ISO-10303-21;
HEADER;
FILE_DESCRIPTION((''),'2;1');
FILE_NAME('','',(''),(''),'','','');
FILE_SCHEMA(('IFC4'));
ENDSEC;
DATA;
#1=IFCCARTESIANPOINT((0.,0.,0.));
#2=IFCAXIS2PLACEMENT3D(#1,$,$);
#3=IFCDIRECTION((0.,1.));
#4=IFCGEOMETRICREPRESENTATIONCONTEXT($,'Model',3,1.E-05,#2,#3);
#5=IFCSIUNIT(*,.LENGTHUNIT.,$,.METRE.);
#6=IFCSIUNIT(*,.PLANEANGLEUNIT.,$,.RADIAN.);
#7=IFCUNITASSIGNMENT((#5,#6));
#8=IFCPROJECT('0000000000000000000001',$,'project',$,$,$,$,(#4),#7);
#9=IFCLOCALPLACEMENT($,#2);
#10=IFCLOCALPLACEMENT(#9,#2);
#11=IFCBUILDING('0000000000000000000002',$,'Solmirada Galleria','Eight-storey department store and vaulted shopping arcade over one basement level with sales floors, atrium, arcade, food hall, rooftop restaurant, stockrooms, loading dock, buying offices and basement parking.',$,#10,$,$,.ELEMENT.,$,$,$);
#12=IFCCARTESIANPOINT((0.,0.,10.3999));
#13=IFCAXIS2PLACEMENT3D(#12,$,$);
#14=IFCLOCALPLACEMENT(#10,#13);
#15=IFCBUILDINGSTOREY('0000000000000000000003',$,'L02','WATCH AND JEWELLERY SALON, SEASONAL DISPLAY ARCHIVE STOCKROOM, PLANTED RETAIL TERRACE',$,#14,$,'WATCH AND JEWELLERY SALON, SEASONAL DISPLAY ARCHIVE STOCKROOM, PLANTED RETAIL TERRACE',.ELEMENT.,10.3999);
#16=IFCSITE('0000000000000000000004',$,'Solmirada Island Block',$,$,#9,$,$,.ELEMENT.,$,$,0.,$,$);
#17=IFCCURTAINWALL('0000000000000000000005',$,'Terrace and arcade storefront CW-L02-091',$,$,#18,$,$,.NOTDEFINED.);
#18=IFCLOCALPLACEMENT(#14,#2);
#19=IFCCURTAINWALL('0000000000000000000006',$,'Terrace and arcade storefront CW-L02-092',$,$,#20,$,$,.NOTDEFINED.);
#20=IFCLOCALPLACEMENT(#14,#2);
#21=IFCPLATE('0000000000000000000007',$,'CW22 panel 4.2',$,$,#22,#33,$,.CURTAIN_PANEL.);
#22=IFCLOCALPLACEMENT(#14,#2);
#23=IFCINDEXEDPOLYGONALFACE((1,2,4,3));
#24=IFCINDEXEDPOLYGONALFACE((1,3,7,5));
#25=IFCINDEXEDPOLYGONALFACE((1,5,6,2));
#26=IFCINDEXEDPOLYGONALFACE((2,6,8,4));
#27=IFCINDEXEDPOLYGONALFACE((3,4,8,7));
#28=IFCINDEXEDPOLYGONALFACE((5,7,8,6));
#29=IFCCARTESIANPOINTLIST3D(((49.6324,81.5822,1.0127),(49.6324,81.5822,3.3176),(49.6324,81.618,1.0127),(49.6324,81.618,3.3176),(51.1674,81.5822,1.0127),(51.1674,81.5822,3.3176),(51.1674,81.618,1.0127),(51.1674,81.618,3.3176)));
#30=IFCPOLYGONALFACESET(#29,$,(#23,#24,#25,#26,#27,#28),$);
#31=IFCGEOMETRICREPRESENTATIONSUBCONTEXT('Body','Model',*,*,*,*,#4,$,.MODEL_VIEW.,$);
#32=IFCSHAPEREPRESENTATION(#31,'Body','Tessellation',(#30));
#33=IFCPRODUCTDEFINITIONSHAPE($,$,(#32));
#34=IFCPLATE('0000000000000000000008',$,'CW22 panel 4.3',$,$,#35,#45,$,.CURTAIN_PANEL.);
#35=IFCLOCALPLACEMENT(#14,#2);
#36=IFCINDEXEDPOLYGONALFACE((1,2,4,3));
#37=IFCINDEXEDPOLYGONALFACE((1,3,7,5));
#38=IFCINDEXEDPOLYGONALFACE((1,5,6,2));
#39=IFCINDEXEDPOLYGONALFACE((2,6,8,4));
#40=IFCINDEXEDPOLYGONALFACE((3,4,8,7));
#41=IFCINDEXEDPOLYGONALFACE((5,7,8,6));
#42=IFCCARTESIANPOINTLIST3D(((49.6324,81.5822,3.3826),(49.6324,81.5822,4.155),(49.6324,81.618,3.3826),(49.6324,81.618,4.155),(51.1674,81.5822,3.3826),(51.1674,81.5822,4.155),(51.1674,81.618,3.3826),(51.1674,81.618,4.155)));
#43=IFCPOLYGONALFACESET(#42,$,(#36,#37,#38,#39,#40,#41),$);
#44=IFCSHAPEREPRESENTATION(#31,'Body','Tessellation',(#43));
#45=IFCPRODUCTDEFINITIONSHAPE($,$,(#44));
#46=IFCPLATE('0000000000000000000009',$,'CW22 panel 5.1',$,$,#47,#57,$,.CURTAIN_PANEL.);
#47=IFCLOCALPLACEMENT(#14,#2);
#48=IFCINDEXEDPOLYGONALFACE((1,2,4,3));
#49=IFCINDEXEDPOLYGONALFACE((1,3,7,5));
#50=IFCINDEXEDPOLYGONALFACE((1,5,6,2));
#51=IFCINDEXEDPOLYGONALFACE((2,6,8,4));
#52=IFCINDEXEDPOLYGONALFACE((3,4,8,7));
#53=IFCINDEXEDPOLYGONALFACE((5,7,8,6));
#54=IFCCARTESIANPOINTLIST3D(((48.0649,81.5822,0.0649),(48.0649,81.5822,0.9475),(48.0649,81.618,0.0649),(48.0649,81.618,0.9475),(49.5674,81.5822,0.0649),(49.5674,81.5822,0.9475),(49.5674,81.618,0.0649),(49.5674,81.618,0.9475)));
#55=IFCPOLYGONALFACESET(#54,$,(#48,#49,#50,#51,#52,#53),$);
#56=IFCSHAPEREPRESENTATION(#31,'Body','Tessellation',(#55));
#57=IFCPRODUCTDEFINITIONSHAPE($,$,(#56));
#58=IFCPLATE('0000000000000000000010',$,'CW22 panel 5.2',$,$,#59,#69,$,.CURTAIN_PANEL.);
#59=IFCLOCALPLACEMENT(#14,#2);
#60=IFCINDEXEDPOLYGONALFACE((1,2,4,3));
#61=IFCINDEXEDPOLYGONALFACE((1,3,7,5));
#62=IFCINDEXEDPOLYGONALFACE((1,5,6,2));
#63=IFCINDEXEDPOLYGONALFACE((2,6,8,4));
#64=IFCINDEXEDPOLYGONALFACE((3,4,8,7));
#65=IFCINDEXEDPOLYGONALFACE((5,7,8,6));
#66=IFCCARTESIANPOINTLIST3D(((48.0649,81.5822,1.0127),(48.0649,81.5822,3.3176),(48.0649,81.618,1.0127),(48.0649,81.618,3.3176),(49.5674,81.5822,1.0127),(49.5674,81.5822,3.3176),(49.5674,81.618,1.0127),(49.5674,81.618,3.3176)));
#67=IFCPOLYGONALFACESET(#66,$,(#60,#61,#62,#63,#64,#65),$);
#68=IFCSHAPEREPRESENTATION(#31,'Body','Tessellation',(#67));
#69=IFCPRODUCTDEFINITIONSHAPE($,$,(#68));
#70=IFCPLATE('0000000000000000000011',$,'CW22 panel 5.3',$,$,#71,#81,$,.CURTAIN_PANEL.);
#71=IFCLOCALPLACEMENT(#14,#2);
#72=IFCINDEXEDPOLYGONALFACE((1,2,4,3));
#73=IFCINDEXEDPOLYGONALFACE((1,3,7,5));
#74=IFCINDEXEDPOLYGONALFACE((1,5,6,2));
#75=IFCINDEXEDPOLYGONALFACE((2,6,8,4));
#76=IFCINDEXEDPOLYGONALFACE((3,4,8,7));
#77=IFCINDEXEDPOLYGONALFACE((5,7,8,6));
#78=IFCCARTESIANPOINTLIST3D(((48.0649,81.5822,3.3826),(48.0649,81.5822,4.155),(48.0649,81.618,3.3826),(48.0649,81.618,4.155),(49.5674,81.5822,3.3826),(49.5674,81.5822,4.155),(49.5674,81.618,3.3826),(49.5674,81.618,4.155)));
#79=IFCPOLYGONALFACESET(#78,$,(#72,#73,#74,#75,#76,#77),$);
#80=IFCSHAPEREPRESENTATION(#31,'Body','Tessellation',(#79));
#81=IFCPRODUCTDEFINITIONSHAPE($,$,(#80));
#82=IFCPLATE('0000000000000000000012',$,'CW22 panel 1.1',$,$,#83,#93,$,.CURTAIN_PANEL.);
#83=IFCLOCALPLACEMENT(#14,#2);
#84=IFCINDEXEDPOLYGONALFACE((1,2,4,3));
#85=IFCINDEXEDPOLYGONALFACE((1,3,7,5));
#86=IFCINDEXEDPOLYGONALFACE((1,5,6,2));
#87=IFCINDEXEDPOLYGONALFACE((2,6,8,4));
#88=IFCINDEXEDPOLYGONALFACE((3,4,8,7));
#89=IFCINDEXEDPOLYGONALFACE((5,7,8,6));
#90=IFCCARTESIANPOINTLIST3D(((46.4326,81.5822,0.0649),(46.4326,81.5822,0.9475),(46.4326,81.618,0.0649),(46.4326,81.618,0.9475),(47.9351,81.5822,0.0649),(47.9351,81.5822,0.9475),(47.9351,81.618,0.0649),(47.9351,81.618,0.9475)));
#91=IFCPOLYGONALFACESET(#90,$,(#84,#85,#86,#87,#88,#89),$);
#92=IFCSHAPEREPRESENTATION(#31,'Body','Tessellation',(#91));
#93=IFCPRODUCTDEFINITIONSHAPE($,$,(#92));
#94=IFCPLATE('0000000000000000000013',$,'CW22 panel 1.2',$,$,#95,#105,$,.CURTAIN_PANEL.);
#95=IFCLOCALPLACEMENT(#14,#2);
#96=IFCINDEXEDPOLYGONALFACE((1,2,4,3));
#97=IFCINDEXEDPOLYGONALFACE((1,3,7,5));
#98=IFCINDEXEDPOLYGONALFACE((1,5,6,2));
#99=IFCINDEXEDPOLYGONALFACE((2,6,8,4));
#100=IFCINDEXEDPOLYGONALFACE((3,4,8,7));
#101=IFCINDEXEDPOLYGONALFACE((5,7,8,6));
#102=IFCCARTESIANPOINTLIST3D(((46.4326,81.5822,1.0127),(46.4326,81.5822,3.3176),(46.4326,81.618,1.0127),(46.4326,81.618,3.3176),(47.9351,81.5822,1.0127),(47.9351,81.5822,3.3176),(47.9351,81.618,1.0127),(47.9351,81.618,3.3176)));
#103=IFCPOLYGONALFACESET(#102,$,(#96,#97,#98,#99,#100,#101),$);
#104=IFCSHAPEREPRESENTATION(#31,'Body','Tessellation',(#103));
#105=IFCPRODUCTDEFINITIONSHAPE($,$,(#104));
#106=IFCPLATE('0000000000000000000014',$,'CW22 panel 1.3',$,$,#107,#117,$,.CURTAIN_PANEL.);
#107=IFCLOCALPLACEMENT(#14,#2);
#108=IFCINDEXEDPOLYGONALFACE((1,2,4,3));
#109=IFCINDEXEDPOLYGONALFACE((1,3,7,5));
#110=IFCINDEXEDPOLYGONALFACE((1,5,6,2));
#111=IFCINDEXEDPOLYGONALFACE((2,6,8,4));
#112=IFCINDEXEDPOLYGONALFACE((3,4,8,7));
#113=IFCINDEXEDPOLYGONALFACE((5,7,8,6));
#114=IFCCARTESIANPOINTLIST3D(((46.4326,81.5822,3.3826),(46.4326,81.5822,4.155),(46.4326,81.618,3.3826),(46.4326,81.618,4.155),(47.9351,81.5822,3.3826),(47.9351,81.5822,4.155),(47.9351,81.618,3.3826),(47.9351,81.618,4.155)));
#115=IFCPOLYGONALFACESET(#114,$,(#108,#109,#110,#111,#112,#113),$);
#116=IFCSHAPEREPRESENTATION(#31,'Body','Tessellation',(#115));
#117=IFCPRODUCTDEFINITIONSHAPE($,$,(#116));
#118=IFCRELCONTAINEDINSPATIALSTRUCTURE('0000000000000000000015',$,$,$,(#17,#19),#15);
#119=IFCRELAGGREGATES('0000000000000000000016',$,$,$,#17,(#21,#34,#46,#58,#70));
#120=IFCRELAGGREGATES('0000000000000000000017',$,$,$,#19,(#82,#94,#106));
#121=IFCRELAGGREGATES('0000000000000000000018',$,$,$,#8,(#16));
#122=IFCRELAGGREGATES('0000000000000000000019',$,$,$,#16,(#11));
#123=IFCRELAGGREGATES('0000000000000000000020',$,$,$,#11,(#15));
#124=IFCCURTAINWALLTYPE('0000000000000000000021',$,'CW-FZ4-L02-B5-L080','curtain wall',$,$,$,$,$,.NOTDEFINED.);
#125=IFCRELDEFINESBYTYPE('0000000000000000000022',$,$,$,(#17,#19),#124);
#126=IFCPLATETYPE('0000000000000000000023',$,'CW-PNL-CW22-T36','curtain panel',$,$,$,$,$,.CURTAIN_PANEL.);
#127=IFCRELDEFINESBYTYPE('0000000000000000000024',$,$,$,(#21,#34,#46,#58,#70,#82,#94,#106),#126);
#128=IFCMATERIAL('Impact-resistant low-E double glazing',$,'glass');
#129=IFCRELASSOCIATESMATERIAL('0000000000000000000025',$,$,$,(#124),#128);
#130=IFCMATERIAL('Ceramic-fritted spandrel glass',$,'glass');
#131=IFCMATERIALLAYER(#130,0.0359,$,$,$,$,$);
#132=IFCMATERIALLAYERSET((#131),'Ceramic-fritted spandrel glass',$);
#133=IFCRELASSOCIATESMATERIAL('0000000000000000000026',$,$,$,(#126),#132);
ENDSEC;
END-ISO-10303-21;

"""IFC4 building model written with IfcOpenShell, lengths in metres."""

from ifc_helpers import new_model, si_unit, direction, frame, origin, origin_2d, place, context, subcontext, project, spatial, rectangle, extrude, material, layer, layer_set, type_object, element, aggregate, save


model = new_model("IFC4")

# Units and contexts
model_context = context("Model", 3, precision=1e-05, world=origin(), true_north=direction((0.0, 1.0)))
body_context = subcontext(model_context, "Body", "Model", "MODEL_VIEW")
ifc_project = project(units=[si_unit("LENGTHUNIT", "METRE"), si_unit("PLANEANGLEUNIT", "RADIAN")], contexts=[model_context])

# Site, building, storey
site_placement = place(None, origin())
site = spatial("IfcSite", under=ifc_project, at=site_placement, Name="Solmirada Island Block", CompositionType="ELEMENT", RefElevation=0.0)
building_placement = place(site_placement, origin())
building = spatial("IfcBuilding", under=site, at=building_placement, Name="Solmirada Galleria", Description="Eight-storey department store and vaulted shopping arcade over one basement level with sales floors, atrium, arcade, food hall, rooftop restaurant, stockrooms, loading dock, buying offices and basement parking.", CompositionType="ELEMENT")
storey_placement = place(building_placement, frame((0.0, 0.0, 10.3999)))
storey = spatial("IfcBuildingStorey", under=building, at=storey_placement, Name="L02", Description="WATCH AND JEWELLERY SALON, SEASONAL DISPLAY ARCHIVE STOCKROOM, PLANTED RETAIL TERRACE", LongName="WATCH AND JEWELLERY SALON, SEASONAL DISPLAY ARCHIVE STOCKROOM, PLANTED RETAIL TERRACE", CompositionType="ELEMENT", Elevation=10.3999)

# Curtain walls
ifc_material_1 = material(Name="Impact-resistant low-E double glazing", Category="glass")
curtain_wall_type = type_object("IfcCurtainWallType", Name="CW-FZ4-L02-B5-L080", Description="curtain wall", PredefinedType="NOTDEFINED", material=ifc_material_1)
curtain_wall_1_placement = place(storey_placement, origin())
curtain_wall_1 = element("IfcCurtainWall", 1, at=curtain_wall_1_placement, inside=storey, type_object=curtain_wall_type, Name="Terrace and arcade storefront CW-L02-091", PredefinedType="NOTDEFINED")
curtain_wall_2_placement = place(storey_placement, origin())
curtain_wall_2 = element("IfcCurtainWall", 2, at=curtain_wall_2_placement, inside=storey, type_object=curtain_wall_type, Name="Terrace and arcade storefront CW-L02-092", PredefinedType="NOTDEFINED")

# Plates
ifc_material_2 = material(Name="Ceramic-fritted spandrel glass", Category="glass")
ifc_layer = layer(ifc_material_2, 0.0359)
ifc_layer_set = layer_set([ifc_layer], Name="Ceramic-fritted spandrel glass")
plate_type = type_object("IfcPlateType", Name="CW-PNL-CW22-T36", Description="curtain panel", PredefinedType="CURTAIN_PANEL", material=ifc_layer_set)
plate_1_placement = place(storey_placement, frame((50.3999, 81.6001, 1.0127), z_axis=(0.0, 0.0, 1.0), x_axis=(-1.0, 0.0, 0.0)))
plate_1 = element("IfcPlate", 3, at=plate_1_placement, type_object=plate_type, Name="CW22 panel 4.2", PredefinedType="CURTAIN_PANEL", context=body_context, shape_type="SweptSolid", body=[
    extrude(rectangle(XDim=1.5349, YDim=0.0359, at=origin_2d()), origin(), (0.0, 0.0, 1.0), 2.3049),
])
plate_2_placement = place(storey_placement, frame((50.3999, 81.6001, 3.3826), z_axis=(0.0, 0.0, 1.0), x_axis=(-1.0, 0.0, 0.0)))
plate_2 = element("IfcPlate", 4, at=plate_2_placement, type_object=plate_type, Name="CW22 panel 4.3", PredefinedType="CURTAIN_PANEL", context=body_context, shape_type="SweptSolid", body=[
    extrude(rectangle(XDim=1.5349, YDim=0.0359, at=origin_2d()), origin(), (0.0, 0.0, 1.0), 0.7725),
])
plate_3_placement = place(storey_placement, frame((48.8162, 81.6001, 0.0649), z_axis=(0.0, 0.0, 1.0), x_axis=(-1.0, 0.0, 0.0)))
plate_3 = element("IfcPlate", 5, at=plate_3_placement, type_object=plate_type, Name="CW22 panel 5.1", PredefinedType="CURTAIN_PANEL", context=body_context, shape_type="SweptSolid", body=[
    extrude(rectangle(XDim=1.5024, YDim=0.0359, at=origin_2d()), origin(), (0.0, 0.0, 1.0), 0.8826),
])
plate_4_placement = place(storey_placement, frame((48.8162, 81.6001, 1.0127), z_axis=(0.0, 0.0, 1.0), x_axis=(-1.0, 0.0, 0.0)))
plate_4 = element("IfcPlate", 6, at=plate_4_placement, type_object=plate_type, Name="CW22 panel 5.2", PredefinedType="CURTAIN_PANEL", context=body_context, shape_type="SweptSolid", body=[
    extrude(rectangle(XDim=1.5024, YDim=0.0359, at=origin_2d()), origin(), (0.0, 0.0, 1.0), 2.3049),
])
plate_5_placement = place(storey_placement, frame((48.8162, 81.6001, 3.3826), z_axis=(0.0, 0.0, 1.0), x_axis=(-1.0, 0.0, 0.0)))
plate_5 = element("IfcPlate", 7, at=plate_5_placement, type_object=plate_type, Name="CW22 panel 5.3", PredefinedType="CURTAIN_PANEL", context=body_context, shape_type="SweptSolid", body=[
    extrude(rectangle(XDim=1.5024, YDim=0.0359, at=origin_2d()), origin(), (0.0, 0.0, 1.0), 0.7725),
])
aggregate(curtain_wall_1, [plate_1, plate_2, plate_3, plate_4, plate_5])
plate_6_placement = place(storey_placement, frame((47.1838, 81.6001, 0.0649), z_axis=(0.0, 0.0, 1.0), x_axis=(-1.0, 0.0, 0.0)))
plate_6 = element("IfcPlate", 8, at=plate_6_placement, type_object=plate_type, Name="CW22 panel 1.1", PredefinedType="CURTAIN_PANEL", context=body_context, shape_type="SweptSolid", body=[
    extrude(rectangle(XDim=1.5024, YDim=0.0359, at=origin_2d()), origin(), (0.0, 0.0, 1.0), 0.8826),
])
plate_7_placement = place(storey_placement, frame((47.1838, 81.6001, 1.0127), z_axis=(0.0, 0.0, 1.0), x_axis=(-1.0, 0.0, 0.0)))
plate_7 = element("IfcPlate", 9, at=plate_7_placement, type_object=plate_type, Name="CW22 panel 1.2", PredefinedType="CURTAIN_PANEL", context=body_context, shape_type="SweptSolid", body=[
    extrude(rectangle(XDim=1.5024, YDim=0.0359, at=origin_2d()), origin(), (0.0, 0.0, 1.0), 2.3049),
])
plate_8_placement = place(storey_placement, frame((47.1838, 81.6001, 3.3826), z_axis=(0.0, 0.0, 1.0), x_axis=(-1.0, 0.0, 0.0)))
plate_8 = element("IfcPlate", 10, at=plate_8_placement, type_object=plate_type, Name="CW22 panel 1.3", PredefinedType="CURTAIN_PANEL", context=body_context, shape_type="SweptSolid", body=[
    extrude(rectangle(XDim=1.5024, YDim=0.0359, at=origin_2d()), origin(), (0.0, 0.0, 1.0), 0.7725),
])
aggregate(curtain_wall_2, [plate_6, plate_7, plate_8])

save(model, "model.ifc")
